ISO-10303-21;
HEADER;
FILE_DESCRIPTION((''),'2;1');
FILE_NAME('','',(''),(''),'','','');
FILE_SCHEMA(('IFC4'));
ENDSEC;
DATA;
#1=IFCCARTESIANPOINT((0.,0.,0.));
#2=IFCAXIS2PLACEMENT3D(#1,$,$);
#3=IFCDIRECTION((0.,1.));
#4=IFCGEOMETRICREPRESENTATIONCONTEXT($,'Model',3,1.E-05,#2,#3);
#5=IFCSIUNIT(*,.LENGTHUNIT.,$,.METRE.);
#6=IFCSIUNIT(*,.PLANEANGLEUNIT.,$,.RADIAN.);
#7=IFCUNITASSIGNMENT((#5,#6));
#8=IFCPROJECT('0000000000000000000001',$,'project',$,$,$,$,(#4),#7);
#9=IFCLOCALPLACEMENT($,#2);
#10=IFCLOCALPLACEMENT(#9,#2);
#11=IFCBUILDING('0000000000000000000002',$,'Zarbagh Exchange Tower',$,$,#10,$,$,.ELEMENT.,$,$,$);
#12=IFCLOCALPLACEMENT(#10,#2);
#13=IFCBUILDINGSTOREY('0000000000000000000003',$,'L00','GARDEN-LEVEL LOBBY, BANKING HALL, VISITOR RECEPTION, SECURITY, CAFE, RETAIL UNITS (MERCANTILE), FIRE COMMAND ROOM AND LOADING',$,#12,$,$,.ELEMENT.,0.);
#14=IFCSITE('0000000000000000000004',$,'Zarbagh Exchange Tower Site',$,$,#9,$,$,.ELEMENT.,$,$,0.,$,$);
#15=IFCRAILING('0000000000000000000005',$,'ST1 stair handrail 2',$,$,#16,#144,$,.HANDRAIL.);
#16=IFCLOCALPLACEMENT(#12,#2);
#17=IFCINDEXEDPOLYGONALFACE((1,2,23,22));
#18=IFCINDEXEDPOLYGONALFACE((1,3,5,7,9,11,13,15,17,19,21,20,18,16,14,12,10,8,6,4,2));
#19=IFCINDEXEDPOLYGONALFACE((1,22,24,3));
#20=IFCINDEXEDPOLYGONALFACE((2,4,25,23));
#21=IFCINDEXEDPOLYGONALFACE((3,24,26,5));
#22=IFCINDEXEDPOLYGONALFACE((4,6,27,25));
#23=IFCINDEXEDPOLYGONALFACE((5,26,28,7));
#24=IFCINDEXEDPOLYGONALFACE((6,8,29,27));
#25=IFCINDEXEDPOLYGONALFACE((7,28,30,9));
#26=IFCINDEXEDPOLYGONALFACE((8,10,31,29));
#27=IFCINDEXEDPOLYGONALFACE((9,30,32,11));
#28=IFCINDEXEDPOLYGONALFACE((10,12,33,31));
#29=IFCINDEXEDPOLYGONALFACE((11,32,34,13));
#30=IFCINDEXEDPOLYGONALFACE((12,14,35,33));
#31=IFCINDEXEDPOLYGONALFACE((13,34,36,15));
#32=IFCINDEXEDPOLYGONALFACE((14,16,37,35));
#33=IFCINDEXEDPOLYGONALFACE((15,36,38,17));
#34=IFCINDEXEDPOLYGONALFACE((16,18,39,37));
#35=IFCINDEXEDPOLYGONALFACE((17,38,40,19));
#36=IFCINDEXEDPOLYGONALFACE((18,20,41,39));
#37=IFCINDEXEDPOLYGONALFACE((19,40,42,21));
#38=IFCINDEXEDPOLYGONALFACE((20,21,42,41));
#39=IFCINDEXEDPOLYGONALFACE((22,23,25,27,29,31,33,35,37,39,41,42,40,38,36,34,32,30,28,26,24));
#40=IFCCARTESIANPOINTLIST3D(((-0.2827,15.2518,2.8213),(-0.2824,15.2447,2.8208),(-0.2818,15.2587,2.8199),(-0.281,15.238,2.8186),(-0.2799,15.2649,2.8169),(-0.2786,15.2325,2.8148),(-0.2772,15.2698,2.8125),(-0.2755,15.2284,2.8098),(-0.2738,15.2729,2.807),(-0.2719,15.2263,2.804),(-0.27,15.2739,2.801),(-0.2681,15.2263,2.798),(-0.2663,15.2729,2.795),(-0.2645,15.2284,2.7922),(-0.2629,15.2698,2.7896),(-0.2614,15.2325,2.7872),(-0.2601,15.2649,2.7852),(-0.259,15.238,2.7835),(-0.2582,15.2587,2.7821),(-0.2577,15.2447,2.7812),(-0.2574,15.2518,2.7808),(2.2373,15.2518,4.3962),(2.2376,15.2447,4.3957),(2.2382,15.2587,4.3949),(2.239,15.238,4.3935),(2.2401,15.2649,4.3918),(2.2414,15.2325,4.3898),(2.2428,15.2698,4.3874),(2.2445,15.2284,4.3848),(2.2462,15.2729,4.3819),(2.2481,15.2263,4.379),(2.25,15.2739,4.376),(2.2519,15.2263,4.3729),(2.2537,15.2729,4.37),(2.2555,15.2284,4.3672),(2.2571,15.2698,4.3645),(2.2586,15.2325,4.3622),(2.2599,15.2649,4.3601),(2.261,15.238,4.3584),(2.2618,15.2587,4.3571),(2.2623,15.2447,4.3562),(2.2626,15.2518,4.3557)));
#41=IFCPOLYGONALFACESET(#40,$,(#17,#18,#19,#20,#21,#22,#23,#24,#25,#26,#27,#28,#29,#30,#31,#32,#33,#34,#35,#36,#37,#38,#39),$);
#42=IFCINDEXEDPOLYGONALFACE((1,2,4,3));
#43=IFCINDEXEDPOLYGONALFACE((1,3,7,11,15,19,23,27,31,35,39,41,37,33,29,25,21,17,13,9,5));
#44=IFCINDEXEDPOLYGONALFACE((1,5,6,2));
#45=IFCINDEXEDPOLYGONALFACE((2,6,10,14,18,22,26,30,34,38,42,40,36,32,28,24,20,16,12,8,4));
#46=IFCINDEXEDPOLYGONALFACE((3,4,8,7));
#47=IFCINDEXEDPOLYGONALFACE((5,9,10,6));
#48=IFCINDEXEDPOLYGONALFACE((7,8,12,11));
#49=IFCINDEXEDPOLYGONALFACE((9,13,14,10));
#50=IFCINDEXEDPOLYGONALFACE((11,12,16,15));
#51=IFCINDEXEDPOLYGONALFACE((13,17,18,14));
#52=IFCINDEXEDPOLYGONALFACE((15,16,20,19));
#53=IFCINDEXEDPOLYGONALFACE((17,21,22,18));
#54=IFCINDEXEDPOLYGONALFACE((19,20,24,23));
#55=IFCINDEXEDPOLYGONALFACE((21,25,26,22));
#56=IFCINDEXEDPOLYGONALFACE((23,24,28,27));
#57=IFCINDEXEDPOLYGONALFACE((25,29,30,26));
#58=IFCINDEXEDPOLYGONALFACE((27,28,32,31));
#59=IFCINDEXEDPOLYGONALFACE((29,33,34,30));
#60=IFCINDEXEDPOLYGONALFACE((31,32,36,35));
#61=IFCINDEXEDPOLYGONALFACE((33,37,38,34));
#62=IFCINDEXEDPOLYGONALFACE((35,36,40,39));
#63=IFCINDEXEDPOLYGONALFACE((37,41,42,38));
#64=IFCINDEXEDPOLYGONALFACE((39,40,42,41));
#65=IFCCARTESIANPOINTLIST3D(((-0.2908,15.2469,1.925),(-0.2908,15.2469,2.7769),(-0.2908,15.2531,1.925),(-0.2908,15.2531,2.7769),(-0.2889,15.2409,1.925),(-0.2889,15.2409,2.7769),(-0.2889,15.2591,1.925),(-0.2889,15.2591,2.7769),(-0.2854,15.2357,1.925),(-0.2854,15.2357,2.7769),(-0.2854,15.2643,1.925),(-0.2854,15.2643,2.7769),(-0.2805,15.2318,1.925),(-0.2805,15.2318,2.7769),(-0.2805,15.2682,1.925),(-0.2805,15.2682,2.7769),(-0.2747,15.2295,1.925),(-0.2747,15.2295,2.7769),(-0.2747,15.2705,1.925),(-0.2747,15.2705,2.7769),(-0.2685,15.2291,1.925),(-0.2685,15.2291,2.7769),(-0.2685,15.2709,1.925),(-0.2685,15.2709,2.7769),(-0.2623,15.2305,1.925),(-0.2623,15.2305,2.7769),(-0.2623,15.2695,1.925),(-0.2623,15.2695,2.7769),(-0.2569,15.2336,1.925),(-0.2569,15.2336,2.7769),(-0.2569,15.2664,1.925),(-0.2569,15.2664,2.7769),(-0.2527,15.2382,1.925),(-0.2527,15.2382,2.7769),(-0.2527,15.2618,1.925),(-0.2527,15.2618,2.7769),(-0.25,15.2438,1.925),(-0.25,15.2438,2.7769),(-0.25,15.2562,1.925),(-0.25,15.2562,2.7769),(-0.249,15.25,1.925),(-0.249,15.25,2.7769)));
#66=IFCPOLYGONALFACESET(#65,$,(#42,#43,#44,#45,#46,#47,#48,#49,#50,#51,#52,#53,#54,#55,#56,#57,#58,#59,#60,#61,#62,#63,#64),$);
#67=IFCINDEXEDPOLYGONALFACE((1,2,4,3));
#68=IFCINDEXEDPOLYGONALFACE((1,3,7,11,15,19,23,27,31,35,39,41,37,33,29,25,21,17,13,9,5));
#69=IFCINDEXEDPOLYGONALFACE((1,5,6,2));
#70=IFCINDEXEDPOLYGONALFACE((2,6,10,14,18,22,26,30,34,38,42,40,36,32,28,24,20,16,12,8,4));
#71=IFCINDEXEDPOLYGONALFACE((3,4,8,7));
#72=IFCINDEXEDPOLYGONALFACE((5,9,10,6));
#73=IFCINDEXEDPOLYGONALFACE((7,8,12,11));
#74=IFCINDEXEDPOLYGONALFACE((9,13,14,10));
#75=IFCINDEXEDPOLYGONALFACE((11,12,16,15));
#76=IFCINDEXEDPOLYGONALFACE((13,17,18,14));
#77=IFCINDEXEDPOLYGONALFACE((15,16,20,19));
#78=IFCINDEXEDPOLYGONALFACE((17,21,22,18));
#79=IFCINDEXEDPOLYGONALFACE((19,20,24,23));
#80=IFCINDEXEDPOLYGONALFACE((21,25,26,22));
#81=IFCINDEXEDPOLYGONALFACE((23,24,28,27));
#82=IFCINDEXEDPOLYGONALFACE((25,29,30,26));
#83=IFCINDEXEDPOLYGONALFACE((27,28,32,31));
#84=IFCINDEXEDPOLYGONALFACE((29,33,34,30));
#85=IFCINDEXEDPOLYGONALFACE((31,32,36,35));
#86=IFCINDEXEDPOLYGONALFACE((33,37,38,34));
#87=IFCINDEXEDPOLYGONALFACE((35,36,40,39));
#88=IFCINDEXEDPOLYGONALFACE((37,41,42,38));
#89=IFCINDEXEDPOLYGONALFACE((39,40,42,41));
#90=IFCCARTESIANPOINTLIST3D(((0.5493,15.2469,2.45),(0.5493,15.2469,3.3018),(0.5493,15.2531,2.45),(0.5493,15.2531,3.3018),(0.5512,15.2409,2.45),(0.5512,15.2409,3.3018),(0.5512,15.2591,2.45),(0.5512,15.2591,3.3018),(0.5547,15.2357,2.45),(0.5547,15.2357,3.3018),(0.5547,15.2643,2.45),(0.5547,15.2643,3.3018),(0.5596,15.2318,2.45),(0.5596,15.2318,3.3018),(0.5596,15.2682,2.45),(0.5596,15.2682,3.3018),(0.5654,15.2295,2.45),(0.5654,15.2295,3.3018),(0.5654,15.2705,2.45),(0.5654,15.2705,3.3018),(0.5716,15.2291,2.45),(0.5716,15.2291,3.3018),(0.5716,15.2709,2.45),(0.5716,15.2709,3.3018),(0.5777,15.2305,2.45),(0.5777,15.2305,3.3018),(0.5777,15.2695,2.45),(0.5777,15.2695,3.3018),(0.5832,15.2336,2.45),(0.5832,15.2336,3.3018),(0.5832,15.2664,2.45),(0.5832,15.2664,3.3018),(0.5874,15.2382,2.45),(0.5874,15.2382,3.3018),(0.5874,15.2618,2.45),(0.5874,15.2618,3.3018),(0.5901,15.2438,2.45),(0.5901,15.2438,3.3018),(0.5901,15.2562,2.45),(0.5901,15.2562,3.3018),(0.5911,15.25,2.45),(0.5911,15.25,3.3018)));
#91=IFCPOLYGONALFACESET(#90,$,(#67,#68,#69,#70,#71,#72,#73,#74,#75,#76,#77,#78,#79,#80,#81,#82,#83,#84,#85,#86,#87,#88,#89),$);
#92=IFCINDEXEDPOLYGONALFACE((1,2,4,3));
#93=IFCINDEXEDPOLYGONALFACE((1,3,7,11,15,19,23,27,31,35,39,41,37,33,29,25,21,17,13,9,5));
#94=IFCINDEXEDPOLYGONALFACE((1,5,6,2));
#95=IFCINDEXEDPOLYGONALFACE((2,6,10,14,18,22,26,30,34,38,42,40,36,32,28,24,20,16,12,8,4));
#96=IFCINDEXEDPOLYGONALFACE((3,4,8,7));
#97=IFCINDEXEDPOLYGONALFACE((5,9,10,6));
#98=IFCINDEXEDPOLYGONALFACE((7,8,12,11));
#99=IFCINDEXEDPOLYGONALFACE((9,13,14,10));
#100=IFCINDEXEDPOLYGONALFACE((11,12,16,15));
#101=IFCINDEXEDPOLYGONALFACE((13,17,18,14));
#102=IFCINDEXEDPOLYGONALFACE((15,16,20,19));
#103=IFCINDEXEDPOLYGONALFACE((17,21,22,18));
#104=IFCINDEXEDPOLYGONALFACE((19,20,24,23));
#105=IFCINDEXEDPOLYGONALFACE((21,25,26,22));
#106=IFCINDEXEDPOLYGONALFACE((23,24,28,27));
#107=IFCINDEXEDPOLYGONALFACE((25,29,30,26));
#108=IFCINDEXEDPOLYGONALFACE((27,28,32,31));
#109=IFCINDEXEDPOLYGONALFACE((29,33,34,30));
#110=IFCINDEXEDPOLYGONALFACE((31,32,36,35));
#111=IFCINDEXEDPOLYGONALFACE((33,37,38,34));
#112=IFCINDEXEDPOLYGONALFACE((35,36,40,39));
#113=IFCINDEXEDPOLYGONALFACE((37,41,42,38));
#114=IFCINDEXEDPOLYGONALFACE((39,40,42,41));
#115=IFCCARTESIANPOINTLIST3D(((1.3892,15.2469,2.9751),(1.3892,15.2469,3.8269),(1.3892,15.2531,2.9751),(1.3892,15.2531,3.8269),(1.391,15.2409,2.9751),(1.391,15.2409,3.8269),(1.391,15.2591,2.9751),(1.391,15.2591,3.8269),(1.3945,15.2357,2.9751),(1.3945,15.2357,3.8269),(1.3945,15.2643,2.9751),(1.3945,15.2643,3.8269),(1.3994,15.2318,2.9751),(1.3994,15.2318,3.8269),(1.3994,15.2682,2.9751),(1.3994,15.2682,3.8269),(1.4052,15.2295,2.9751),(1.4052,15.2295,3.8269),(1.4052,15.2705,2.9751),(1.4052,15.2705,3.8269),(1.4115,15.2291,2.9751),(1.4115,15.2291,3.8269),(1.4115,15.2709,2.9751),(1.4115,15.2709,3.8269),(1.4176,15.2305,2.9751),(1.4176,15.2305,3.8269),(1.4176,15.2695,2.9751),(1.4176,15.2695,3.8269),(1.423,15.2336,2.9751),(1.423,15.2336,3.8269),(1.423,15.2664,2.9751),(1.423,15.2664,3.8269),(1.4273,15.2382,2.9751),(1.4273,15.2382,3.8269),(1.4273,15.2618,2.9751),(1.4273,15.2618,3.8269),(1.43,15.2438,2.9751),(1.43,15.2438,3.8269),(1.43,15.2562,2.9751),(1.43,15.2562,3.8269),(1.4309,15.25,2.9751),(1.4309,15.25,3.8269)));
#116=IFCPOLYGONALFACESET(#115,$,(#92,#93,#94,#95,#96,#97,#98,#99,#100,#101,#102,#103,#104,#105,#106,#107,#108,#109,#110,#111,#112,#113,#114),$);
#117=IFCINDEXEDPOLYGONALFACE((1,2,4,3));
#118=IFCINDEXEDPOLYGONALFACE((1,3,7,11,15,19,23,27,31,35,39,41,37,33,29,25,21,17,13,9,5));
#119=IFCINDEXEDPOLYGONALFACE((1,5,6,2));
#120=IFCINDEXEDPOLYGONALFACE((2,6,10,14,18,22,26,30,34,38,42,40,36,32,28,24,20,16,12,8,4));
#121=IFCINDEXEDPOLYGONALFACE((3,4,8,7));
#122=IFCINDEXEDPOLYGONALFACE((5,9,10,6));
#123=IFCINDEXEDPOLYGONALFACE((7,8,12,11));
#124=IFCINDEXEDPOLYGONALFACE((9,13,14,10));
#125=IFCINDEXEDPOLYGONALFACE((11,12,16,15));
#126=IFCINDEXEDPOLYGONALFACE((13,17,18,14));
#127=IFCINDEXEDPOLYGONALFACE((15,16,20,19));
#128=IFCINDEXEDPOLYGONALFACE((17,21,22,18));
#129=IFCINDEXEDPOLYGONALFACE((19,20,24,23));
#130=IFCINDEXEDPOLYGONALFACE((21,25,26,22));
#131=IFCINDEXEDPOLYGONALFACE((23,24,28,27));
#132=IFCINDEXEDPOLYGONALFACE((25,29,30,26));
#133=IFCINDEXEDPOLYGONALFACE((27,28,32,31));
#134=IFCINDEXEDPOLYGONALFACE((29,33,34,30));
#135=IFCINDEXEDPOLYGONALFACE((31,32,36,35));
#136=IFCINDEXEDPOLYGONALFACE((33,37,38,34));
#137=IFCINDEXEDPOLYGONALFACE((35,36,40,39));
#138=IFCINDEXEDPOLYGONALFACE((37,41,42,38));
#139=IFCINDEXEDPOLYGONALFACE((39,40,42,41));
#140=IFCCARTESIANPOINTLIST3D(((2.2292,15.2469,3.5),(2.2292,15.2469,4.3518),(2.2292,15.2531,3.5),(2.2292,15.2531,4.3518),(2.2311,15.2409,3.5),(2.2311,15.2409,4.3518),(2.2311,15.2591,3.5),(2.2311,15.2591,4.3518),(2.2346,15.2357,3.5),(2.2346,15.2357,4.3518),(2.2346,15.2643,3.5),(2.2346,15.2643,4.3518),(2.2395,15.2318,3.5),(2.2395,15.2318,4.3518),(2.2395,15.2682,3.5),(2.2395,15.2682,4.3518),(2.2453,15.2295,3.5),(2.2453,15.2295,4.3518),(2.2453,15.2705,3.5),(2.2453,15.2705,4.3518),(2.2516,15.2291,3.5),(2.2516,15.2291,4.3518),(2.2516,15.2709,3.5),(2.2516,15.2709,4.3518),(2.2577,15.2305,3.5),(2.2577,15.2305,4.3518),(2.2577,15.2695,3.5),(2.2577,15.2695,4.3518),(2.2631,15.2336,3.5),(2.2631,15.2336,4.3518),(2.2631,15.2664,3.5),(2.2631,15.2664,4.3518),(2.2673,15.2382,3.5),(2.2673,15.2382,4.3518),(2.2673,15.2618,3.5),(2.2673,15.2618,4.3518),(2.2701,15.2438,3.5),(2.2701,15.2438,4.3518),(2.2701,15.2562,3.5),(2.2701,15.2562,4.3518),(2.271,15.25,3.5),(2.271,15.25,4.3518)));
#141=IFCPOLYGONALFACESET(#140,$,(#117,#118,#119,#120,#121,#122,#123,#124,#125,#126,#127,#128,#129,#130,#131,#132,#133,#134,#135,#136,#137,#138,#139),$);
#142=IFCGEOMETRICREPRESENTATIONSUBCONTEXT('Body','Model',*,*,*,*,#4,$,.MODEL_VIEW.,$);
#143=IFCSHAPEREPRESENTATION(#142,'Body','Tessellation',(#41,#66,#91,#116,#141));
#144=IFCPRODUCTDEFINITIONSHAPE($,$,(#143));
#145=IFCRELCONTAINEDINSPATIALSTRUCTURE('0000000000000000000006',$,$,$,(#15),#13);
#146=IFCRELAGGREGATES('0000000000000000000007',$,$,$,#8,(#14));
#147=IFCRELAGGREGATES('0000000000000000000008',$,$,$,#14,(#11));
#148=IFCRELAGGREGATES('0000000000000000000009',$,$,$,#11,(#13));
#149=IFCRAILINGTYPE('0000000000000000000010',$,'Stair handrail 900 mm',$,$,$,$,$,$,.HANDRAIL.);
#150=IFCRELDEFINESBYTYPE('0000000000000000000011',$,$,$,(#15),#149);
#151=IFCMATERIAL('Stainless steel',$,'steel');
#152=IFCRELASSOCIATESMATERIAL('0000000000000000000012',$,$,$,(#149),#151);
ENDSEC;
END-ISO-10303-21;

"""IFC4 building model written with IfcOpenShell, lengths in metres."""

from ifc_helpers import new_model, si_unit, direction, frame, origin, origin_2d, place, context, subcontext, project, spatial, circle, extrude, material, type_object, element, save


model = new_model("IFC4")

# Units and contexts
model_context = context("Model", 3, precision=1e-05, world=origin(), true_north=direction((0.0, 1.0)))
body_context = subcontext(model_context, "Body", "Model", "MODEL_VIEW")
ifc_project = project(units=[si_unit("LENGTHUNIT", "METRE"), si_unit("PLANEANGLEUNIT", "RADIAN")], contexts=[model_context])

# Site, building, storey
site_placement = place(None, origin())
site = spatial("IfcSite", under=ifc_project, at=site_placement, Name="Zarbagh Exchange Tower Site", CompositionType="ELEMENT", RefElevation=0.0)
building_placement = place(site_placement, origin())
building = spatial("IfcBuilding", under=site, at=building_placement, Name="Zarbagh Exchange Tower", CompositionType="ELEMENT")
storey_placement = place(building_placement, origin())
storey = spatial("IfcBuildingStorey", under=building, at=storey_placement, Name="L00", Description="GARDEN-LEVEL LOBBY, BANKING HALL, VISITOR RECEPTION, SECURITY, CAFE, RETAIL UNITS (MERCANTILE), FIRE COMMAND ROOM AND LOADING", CompositionType="ELEMENT", Elevation=0.0)

# Railing
ifc_material_1 = material(Name="Stainless steel", Category="steel")
railing_type_1 = type_object("IfcRailingType", Name="Stair handrail 900 mm", PredefinedType="HANDRAIL", material=ifc_material_1)
for number, where, name in (
    (1, (-0.27, 15.25, 1.925), "ST1 stair handrail 2"),
):
    element("IfcRailing", number, at=place(storey_placement, frame(where)), inside=storey, type_object=railing_type_1, Name=name, PredefinedType="HANDRAIL", context=body_context, shape_type="SweptSolid", body=[
        extrude(circle(Radius=0.0239, at=origin_2d()), frame((0.0, 0.0, 0.876), z_axis=(0.848008, 0.0, 0.529984), x_axis=(0.0, 1.0, 0.0)), (0.0, 0.0, 1.0), 2.9717),
        extrude(circle(Radius=0.021, at=origin_2d()), origin(), (0.0, 0.0, 1.0), 0.8518),
        extrude(circle(Radius=0.021, at=origin_2d()), frame((0.8401, 0.0, 0.5249)), (0.0, 0.0, 1.0), 0.8518),
        extrude(circle(Radius=0.021, at=origin_2d()), frame((1.6799, 0.0, 1.05)), (0.0, 0.0, 1.0), 0.8518),
        extrude(circle(Radius=0.021, at=origin_2d()), frame((2.52, 0.0, 1.575)), (0.0, 0.0, 1.0), 0.8518),
    ])

save(model, "model.ifc")
